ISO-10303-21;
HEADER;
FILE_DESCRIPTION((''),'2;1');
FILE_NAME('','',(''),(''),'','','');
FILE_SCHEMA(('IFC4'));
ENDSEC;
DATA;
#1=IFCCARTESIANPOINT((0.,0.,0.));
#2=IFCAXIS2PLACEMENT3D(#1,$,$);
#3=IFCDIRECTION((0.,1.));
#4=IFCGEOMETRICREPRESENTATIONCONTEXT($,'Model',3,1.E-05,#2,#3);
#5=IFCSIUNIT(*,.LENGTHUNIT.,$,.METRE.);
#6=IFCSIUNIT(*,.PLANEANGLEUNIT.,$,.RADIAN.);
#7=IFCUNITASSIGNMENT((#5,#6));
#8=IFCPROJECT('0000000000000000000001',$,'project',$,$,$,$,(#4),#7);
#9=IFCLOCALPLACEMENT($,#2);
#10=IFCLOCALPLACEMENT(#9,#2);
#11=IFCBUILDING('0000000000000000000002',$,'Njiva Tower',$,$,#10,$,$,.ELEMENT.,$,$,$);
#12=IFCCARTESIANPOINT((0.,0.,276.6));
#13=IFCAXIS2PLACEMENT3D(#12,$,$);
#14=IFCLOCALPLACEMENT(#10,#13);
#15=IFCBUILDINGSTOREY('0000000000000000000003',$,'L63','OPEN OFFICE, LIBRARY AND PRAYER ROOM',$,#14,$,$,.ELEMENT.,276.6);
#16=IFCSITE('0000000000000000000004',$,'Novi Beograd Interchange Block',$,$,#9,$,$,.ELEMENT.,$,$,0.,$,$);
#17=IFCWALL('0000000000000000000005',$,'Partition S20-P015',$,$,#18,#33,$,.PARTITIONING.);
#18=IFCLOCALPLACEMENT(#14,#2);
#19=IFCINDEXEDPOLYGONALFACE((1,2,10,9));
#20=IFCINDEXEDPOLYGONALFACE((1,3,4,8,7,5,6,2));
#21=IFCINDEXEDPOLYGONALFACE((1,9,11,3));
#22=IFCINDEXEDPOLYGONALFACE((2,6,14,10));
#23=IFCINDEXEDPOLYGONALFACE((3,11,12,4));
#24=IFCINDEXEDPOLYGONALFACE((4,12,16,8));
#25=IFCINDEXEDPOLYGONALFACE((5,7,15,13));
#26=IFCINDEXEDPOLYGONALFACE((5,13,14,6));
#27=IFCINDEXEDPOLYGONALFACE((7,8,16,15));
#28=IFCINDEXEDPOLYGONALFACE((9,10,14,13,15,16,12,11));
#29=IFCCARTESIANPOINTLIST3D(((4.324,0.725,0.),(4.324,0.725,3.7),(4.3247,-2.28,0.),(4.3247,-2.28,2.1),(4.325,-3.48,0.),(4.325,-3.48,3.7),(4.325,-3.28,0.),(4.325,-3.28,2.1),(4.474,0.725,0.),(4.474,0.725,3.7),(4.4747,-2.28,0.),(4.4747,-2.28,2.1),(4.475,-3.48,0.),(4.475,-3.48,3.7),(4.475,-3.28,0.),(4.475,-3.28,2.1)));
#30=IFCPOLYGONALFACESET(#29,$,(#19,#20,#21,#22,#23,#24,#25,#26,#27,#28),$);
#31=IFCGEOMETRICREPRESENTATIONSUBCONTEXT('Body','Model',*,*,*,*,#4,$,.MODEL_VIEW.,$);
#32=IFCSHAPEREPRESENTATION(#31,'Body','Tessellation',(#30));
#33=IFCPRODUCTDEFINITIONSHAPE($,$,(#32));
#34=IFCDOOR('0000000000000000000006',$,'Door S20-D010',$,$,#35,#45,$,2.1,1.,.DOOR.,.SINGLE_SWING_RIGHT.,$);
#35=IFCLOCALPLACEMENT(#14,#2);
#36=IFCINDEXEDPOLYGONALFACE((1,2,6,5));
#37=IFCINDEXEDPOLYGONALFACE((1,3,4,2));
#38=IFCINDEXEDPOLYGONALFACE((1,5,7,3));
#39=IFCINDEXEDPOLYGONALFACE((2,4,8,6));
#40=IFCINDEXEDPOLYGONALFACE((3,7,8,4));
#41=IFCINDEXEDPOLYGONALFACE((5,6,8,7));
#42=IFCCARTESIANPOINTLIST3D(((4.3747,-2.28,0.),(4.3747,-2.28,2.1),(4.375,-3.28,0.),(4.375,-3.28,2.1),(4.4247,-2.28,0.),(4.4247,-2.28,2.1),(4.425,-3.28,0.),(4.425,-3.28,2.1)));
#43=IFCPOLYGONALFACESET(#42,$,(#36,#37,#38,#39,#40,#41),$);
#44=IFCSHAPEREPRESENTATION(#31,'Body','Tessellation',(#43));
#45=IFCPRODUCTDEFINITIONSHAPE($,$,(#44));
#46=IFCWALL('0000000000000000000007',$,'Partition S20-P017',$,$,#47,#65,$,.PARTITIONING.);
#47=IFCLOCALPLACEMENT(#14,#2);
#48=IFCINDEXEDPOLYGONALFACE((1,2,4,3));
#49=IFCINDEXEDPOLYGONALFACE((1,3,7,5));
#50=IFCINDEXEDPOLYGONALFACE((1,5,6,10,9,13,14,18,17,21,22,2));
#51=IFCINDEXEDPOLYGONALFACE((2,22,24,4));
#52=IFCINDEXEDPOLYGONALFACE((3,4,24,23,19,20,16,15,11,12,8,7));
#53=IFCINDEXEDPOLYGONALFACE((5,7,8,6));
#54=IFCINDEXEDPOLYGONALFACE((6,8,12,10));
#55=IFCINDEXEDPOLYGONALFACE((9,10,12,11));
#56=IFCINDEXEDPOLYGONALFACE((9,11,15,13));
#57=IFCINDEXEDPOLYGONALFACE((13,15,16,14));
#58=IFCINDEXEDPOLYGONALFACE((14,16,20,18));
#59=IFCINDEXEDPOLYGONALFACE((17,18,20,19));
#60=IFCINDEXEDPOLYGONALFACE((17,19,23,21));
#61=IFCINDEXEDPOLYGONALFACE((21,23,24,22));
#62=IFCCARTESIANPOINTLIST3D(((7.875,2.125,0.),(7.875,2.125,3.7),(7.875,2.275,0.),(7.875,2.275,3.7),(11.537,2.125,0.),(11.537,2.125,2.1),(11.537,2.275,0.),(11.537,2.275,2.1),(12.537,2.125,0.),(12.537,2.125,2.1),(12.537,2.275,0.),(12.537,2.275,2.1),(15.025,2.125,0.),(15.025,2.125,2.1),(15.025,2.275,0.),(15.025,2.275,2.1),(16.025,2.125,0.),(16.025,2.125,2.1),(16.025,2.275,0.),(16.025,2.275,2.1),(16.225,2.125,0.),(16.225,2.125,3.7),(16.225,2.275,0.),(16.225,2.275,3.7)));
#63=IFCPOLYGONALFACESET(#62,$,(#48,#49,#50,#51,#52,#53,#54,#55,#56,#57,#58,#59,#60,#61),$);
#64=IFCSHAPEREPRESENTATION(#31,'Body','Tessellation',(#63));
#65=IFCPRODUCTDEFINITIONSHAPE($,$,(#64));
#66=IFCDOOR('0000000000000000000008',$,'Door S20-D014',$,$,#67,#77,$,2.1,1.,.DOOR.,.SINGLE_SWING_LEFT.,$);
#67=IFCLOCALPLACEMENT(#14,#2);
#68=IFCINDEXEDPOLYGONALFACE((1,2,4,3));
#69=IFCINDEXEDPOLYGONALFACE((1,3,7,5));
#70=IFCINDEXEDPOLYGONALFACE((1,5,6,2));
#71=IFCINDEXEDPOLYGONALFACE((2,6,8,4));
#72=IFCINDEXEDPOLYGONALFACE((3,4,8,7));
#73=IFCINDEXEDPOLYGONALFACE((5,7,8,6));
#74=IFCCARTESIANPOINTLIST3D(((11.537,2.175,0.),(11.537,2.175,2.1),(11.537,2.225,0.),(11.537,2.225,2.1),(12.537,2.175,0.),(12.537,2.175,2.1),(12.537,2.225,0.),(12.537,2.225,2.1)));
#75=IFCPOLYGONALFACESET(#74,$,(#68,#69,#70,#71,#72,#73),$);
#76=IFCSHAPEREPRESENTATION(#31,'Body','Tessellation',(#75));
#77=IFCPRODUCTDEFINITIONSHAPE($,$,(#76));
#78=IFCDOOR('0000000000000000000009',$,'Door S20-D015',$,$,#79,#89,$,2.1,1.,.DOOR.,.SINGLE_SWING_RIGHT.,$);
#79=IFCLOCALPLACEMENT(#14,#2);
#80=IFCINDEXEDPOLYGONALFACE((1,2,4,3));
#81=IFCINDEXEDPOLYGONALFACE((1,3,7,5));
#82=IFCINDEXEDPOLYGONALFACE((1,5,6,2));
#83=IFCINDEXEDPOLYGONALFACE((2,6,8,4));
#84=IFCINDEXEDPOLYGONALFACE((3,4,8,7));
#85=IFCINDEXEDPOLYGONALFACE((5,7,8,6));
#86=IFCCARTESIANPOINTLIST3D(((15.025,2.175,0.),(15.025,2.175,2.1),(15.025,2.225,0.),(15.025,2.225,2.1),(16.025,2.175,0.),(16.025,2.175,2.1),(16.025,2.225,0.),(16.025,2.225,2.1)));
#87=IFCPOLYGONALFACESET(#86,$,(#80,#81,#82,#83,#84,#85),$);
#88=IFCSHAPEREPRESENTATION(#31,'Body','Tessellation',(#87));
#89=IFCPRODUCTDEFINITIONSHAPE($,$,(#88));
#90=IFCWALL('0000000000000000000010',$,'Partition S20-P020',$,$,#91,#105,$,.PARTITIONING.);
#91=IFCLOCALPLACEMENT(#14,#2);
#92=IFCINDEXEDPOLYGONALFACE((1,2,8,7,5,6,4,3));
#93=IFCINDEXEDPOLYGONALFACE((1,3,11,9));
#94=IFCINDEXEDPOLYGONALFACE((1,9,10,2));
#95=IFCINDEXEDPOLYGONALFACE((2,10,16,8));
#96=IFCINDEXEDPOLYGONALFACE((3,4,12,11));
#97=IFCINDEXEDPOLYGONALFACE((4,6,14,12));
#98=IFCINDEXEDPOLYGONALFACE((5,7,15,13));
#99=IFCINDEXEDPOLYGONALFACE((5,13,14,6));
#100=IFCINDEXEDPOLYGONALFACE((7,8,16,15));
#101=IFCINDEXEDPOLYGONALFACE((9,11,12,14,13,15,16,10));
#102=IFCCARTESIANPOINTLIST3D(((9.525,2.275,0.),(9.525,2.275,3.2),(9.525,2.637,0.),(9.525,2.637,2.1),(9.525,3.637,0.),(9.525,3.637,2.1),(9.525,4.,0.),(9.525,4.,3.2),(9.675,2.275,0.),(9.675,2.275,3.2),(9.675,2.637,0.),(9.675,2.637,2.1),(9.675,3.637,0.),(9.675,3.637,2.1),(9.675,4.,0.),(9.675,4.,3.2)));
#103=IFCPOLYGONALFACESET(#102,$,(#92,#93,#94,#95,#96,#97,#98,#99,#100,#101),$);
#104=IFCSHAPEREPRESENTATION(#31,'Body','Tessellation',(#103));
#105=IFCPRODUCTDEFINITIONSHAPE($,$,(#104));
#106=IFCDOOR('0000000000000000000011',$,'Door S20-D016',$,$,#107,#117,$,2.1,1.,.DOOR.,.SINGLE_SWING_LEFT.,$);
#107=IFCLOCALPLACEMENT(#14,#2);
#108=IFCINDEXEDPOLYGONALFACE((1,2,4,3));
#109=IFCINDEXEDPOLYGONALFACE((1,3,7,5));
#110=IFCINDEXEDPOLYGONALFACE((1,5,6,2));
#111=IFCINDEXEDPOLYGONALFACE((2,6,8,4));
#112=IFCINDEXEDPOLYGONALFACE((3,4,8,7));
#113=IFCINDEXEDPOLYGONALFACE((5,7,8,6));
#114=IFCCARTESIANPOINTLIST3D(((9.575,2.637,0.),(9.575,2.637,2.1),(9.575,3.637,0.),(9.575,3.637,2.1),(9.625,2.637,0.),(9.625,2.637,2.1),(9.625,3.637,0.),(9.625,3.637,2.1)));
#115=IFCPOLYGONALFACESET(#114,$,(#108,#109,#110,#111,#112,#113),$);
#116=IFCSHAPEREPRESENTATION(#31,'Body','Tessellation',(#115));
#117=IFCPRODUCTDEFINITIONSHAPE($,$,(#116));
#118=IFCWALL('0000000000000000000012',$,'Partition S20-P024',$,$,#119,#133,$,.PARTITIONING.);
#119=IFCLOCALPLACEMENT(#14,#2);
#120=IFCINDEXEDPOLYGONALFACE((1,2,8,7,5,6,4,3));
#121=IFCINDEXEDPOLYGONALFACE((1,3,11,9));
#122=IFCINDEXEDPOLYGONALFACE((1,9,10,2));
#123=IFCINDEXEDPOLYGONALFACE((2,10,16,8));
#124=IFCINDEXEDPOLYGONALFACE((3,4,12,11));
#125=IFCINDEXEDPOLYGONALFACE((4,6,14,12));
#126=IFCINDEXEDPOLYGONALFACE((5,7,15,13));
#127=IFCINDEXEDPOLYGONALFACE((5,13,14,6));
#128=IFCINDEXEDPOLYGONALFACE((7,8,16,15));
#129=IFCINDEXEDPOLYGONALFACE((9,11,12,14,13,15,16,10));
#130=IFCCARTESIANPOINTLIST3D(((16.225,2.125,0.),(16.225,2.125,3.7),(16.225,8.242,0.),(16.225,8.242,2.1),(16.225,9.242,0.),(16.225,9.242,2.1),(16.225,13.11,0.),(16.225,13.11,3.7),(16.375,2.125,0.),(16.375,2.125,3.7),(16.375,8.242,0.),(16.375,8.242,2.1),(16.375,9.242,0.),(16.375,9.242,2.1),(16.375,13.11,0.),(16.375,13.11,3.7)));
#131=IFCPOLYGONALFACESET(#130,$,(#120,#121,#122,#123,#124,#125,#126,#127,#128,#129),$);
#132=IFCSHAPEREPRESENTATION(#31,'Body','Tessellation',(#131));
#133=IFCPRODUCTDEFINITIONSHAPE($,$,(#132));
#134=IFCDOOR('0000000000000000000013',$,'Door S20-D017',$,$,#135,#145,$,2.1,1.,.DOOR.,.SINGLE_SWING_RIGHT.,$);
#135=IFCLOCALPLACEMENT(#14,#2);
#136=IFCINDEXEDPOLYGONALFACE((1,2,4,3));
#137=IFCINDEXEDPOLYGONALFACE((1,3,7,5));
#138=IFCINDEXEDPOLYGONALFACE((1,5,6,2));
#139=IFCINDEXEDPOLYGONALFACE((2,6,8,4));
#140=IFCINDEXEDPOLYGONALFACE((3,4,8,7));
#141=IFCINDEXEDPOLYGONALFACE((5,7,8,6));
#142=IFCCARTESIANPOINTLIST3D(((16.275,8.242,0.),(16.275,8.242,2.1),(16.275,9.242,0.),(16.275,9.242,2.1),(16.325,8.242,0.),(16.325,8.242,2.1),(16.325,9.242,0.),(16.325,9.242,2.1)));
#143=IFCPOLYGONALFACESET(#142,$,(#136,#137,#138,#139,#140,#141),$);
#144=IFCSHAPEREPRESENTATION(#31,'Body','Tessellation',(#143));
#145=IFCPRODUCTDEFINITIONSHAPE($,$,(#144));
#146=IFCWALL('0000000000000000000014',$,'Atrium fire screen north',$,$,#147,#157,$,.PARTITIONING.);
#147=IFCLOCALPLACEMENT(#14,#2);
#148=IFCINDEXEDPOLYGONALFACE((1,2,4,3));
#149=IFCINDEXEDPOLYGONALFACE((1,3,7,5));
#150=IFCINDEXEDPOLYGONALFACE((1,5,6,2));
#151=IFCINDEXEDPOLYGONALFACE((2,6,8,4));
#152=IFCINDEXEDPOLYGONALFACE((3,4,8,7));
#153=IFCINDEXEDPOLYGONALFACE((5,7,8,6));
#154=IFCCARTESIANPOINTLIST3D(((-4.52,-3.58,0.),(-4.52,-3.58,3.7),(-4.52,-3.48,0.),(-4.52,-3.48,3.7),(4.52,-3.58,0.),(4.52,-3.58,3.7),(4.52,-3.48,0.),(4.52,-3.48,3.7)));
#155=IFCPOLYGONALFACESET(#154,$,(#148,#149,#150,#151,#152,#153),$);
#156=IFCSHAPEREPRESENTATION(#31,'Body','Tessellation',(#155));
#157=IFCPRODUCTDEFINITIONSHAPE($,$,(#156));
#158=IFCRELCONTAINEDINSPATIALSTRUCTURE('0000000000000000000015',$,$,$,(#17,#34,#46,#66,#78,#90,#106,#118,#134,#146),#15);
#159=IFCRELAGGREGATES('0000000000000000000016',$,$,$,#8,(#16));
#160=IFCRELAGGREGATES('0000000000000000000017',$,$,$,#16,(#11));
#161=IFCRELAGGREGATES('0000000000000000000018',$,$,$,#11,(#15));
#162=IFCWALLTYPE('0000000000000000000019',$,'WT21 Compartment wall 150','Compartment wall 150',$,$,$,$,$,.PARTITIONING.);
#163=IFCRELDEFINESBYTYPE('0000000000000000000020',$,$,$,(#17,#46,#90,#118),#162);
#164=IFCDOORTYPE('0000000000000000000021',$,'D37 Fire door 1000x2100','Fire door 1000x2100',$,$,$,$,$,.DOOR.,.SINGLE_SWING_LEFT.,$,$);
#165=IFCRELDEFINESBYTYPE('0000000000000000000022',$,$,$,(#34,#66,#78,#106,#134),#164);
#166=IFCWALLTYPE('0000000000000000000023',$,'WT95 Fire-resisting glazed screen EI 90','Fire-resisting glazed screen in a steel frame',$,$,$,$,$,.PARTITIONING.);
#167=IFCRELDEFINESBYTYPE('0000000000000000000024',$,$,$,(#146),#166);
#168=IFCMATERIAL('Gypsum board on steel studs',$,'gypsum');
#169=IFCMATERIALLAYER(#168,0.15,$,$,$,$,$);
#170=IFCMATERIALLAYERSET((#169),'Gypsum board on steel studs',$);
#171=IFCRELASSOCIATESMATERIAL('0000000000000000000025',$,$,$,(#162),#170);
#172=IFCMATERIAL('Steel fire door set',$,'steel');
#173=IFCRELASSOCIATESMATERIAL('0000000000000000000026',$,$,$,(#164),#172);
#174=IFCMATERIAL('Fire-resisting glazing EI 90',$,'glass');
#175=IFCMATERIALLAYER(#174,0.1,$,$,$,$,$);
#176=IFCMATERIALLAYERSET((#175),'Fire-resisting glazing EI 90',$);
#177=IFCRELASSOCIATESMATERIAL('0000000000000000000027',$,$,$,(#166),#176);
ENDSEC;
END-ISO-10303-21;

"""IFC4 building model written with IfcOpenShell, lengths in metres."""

from ifc_helpers import new_model, si_unit, direction, frame, frame_2d, origin, place, context, subcontext, project, spatial, rectangle, extrude, material, layer, layer_set, type_object, element, fill, save


model = new_model("IFC4")

# Units and contexts
model_context = context("Model", 3, precision=1e-05, world=origin(), true_north=direction((0.0, 1.0)))
body_context = subcontext(model_context, "Body", "Model", "MODEL_VIEW")
ifc_project = project(units=[si_unit("LENGTHUNIT", "METRE"), si_unit("PLANEANGLEUNIT", "RADIAN")], contexts=[model_context])

# Site, building, storey
site_placement = place(None, origin())
site = spatial("IfcSite", under=ifc_project, at=site_placement, Name="Novi Beograd Interchange Block", CompositionType="ELEMENT", RefElevation=0.0)
building_placement = place(site_placement, origin())
building = spatial("IfcBuilding", under=site, at=building_placement, Name="Njiva Tower", CompositionType="ELEMENT")
storey_placement = place(building_placement, frame((0.0, 0.0, 276.6)))
storey = spatial("IfcBuildingStorey", under=building, at=storey_placement, Name="L63", Description="OPEN OFFICE, LIBRARY AND PRAYER ROOM", CompositionType="ELEMENT", Elevation=276.6)

# Shared definitions
ifc_material_1 = material(Name="Gypsum board on steel studs", Category="gypsum")

# Wall, opening, door
ifc_layer_1 = layer(ifc_material_1, 0.15)
ifc_layer_set_1 = layer_set([ifc_layer_1], Name="Gypsum board on steel studs")
wall_type_1 = type_object("IfcWallType", Name="WT21 Compartment wall 150", Description="Compartment wall 150", PredefinedType="PARTITIONING", material=ifc_layer_set_1)
wall_1_placement = place(storey_placement, frame((4.399, 0.725, 0.0), z_axis=(0.0, 0.0, 1.0), x_axis=(0.000238, -1.0, 0.0)))
wall_1 = element("IfcWall", 1, at=wall_1_placement, inside=storey, type_object=wall_type_1, Name="Partition S20-P015", PredefinedType="PARTITIONING", context=body_context, shape_type="SweptSolid", body=[
    extrude(rectangle(XDim=4.205, YDim=0.15, at=frame_2d((2.1025, 0.0))), origin(), (0.0, 0.0, 1.0), 3.7),
])
opening_1_placement = place(wall_1_placement, frame((3.005, 0.0, 0.0)))
opening_1 = element("IfcOpeningElement", 2, at=opening_1_placement, cuts=wall_1, PredefinedType="OPENING", context=body_context, shape_type="SweptSolid", body=[
    extrude(rectangle(XDim=1.0, YDim=2.1, at=frame_2d((0.5, 1.05))), frame((0.0, 0.085, 0.0), z_axis=(0.0, -1.0, 0.0), x_axis=(1.0, 0.0, 0.0)), (0.0, 0.0, 1.0), 0.17),
])
ifc_material_2 = material(Name="Steel fire door set", Category="steel")
door_type = type_object("IfcDoorType", Name="D37 Fire door 1000x2100", Description="Fire door 1000x2100", OperationType="SINGLE_SWING_LEFT", PredefinedType="DOOR", material=ifc_material_2)
door_1_placement = place(opening_1_placement, origin())
door_1 = element("IfcDoor", 3, at=door_1_placement, inside=storey, type_object=door_type, Name="Door S20-D010", OperationType="SINGLE_SWING_RIGHT", OverallHeight=2.1, OverallWidth=1.0, PredefinedType="DOOR", context=body_context, shape_type="SweptSolid", body=[
    extrude(rectangle(XDim=1.0, YDim=2.1, at=frame_2d((0.5, 1.05))), frame((0.0, 0.025, 0.0), z_axis=(0.0, -1.0, 0.0), x_axis=(1.0, 0.0, 0.0)), (0.0, 0.0, 1.0), 0.05),
])
fill(opening_1, door_1)

# Wall, openings, doors
wall_2_placement = place(storey_placement, frame((7.875, 2.2, 0.0), z_axis=(0.0, 0.0, 1.0), x_axis=(1.0, 0.0, 0.0)))
wall_2 = element("IfcWall", 4, at=wall_2_placement, inside=storey, type_object=wall_type_1, Name="Partition S20-P017", PredefinedType="PARTITIONING", context=body_context, shape_type="SweptSolid", body=[
    extrude(rectangle(XDim=8.35, YDim=0.15, at=frame_2d((4.175, 0.0))), origin(), (0.0, 0.0, 1.0), 3.7),
])
opening_2_placement = place(wall_2_placement, frame((3.662, 0.0, 0.0)))
opening_2 = element("IfcOpeningElement", 5, at=opening_2_placement, cuts=wall_2, PredefinedType="OPENING", context=body_context, shape_type="SweptSolid", body=[
    extrude(rectangle(XDim=1.0, YDim=2.1, at=frame_2d((0.5, 1.05))), frame((0.0, 0.085, 0.0), z_axis=(0.0, -1.0, 0.0), x_axis=(1.0, 0.0, 0.0)), (0.0, 0.0, 1.0), 0.17),
])
opening_3_placement = place(wall_2_placement, frame((7.15, 0.0, 0.0)))
opening_3 = element("IfcOpeningElement", 6, at=opening_3_placement, cuts=wall_2, PredefinedType="OPENING", context=body_context, shape_type="SweptSolid", body=[
    extrude(rectangle(XDim=1.0, YDim=2.1, at=frame_2d((0.5, 1.05))), frame((0.0, 0.085, 0.0), z_axis=(0.0, -1.0, 0.0), x_axis=(1.0, 0.0, 0.0)), (0.0, 0.0, 1.0), 0.17),
])
door_2_placement = place(opening_2_placement, origin())
door_2 = element("IfcDoor", 7, at=door_2_placement, inside=storey, type_object=door_type, Name="Door S20-D014", OperationType="SINGLE_SWING_LEFT", OverallHeight=2.1, OverallWidth=1.0, PredefinedType="DOOR", context=body_context, shape_type="SweptSolid", body=[
    extrude(rectangle(XDim=1.0, YDim=2.1, at=frame_2d((0.5, 1.05))), frame((0.0, 0.025, 0.0), z_axis=(0.0, -1.0, 0.0), x_axis=(1.0, 0.0, 0.0)), (0.0, 0.0, 1.0), 0.05),
])
fill(opening_2, door_2)
door_3_placement = place(opening_3_placement, origin())
door_3 = element("IfcDoor", 8, at=door_3_placement, inside=storey, type_object=door_type, Name="Door S20-D015", OperationType="SINGLE_SWING_RIGHT", OverallHeight=2.1, OverallWidth=1.0, PredefinedType="DOOR", context=body_context, shape_type="SweptSolid", body=[
    extrude(rectangle(XDim=1.0, YDim=2.1, at=frame_2d((0.5, 1.05))), frame((0.0, 0.025, 0.0), z_axis=(0.0, -1.0, 0.0), x_axis=(1.0, 0.0, 0.0)), (0.0, 0.0, 1.0), 0.05),
])
fill(opening_3, door_3)

# Walls, openings, doors
wall_3_placement = place(storey_placement, frame((9.6, 2.275, 0.0), z_axis=(0.0, 0.0, 1.0), x_axis=(0.0, 1.0, 0.0)))
wall_3 = element("IfcWall", 9, at=wall_3_placement, inside=storey, type_object=wall_type_1, Name="Partition S20-P020", PredefinedType="PARTITIONING", context=body_context, shape_type="SweptSolid", body=[
    extrude(rectangle(XDim=1.725, YDim=0.15, at=frame_2d((0.8625, 0.0))), origin(), (0.0, 0.0, 1.0), 3.2),
])
opening_4_placement = place(wall_3_placement, frame((0.362, 0.0, 0.0)))
opening_4 = element("IfcOpeningElement", 10, at=opening_4_placement, cuts=wall_3, PredefinedType="OPENING", context=body_context, shape_type="SweptSolid", body=[
    extrude(rectangle(XDim=1.0, YDim=2.1, at=frame_2d((0.5, 1.05))), frame((0.0, 0.085, 0.0), z_axis=(0.0, -1.0, 0.0), x_axis=(1.0, 0.0, 0.0)), (0.0, 0.0, 1.0), 0.17),
])
door_4_placement = place(opening_4_placement, origin())
door_4 = element("IfcDoor", 11, at=door_4_placement, inside=storey, type_object=door_type, Name="Door S20-D016", OperationType="SINGLE_SWING_LEFT", OverallHeight=2.1, OverallWidth=1.0, PredefinedType="DOOR", context=body_context, shape_type="SweptSolid", body=[
    extrude(rectangle(XDim=1.0, YDim=2.1, at=frame_2d((0.5, 1.05))), frame((0.0, 0.025, 0.0), z_axis=(0.0, -1.0, 0.0), x_axis=(1.0, 0.0, 0.0)), (0.0, 0.0, 1.0), 0.05),
])
fill(opening_4, door_4)
wall_4_placement = place(storey_placement, frame((16.3, 2.125, 0.0), z_axis=(0.0, 0.0, 1.0), x_axis=(0.0, 1.0, 0.0)))
wall_4 = element("IfcWall", 12, at=wall_4_placement, inside=storey, type_object=wall_type_1, Name="Partition S20-P024", PredefinedType="PARTITIONING", context=body_context, shape_type="SweptSolid", body=[
    extrude(rectangle(XDim=10.985, YDim=0.15, at=frame_2d((5.4925, 0.0))), origin(), (0.0, 0.0, 1.0), 3.7),
])
opening_5_placement = place(wall_4_placement, frame((6.117, 0.0, 0.0)))
opening_5 = element("IfcOpeningElement", 13, at=opening_5_placement, cuts=wall_4, PredefinedType="OPENING", context=body_context, shape_type="SweptSolid", body=[
    extrude(rectangle(XDim=1.0, YDim=2.1, at=frame_2d((0.5, 1.05))), frame((0.0, 0.085, 0.0), z_axis=(0.0, -1.0, 0.0), x_axis=(1.0, 0.0, 0.0)), (0.0, 0.0, 1.0), 0.17),
])
door_5_placement = place(opening_5_placement, origin())
door_5 = element("IfcDoor", 14, at=door_5_placement, inside=storey, type_object=door_type, Name="Door S20-D017", OperationType="SINGLE_SWING_RIGHT", OverallHeight=2.1, OverallWidth=1.0, PredefinedType="DOOR", context=body_context, shape_type="SweptSolid", body=[
    extrude(rectangle(XDim=1.0, YDim=2.1, at=frame_2d((0.5, 1.05))), frame((0.0, 0.025, 0.0), z_axis=(0.0, -1.0, 0.0), x_axis=(1.0, 0.0, 0.0)), (0.0, 0.0, 1.0), 0.05),
])
fill(opening_5, door_5)

# Wall
ifc_material_3 = material(Name="Fire-resisting glazing EI 90", Category="glass")
ifc_layer_2 = layer(ifc_material_3, 0.1)
ifc_layer_set_2 = layer_set([ifc_layer_2], Name="Fire-resisting glazing EI 90")
wall_type_2 = type_object("IfcWallType", Name="WT95 Fire-resisting glazed screen EI 90", Description="Fire-resisting glazed screen in a steel frame", PredefinedType="PARTITIONING", material=ifc_layer_set_2)
wall_5_placement = place(storey_placement, frame((4.52, -3.53, 0.0), z_axis=(0.0, 0.0, 1.0), x_axis=(-1.0, 0.0, 0.0)))
element("IfcWall", 15, at=wall_5_placement, inside=storey, type_object=wall_type_2, Name="Atrium fire screen north", PredefinedType="PARTITIONING", context=body_context, shape_type="SweptSolid", body=[
    extrude(rectangle(XDim=9.04, YDim=0.1, at=frame_2d((4.52, 0.0))), origin(), (0.0, 0.0, 1.0), 3.7),
])

save(model, "model.ifc")
